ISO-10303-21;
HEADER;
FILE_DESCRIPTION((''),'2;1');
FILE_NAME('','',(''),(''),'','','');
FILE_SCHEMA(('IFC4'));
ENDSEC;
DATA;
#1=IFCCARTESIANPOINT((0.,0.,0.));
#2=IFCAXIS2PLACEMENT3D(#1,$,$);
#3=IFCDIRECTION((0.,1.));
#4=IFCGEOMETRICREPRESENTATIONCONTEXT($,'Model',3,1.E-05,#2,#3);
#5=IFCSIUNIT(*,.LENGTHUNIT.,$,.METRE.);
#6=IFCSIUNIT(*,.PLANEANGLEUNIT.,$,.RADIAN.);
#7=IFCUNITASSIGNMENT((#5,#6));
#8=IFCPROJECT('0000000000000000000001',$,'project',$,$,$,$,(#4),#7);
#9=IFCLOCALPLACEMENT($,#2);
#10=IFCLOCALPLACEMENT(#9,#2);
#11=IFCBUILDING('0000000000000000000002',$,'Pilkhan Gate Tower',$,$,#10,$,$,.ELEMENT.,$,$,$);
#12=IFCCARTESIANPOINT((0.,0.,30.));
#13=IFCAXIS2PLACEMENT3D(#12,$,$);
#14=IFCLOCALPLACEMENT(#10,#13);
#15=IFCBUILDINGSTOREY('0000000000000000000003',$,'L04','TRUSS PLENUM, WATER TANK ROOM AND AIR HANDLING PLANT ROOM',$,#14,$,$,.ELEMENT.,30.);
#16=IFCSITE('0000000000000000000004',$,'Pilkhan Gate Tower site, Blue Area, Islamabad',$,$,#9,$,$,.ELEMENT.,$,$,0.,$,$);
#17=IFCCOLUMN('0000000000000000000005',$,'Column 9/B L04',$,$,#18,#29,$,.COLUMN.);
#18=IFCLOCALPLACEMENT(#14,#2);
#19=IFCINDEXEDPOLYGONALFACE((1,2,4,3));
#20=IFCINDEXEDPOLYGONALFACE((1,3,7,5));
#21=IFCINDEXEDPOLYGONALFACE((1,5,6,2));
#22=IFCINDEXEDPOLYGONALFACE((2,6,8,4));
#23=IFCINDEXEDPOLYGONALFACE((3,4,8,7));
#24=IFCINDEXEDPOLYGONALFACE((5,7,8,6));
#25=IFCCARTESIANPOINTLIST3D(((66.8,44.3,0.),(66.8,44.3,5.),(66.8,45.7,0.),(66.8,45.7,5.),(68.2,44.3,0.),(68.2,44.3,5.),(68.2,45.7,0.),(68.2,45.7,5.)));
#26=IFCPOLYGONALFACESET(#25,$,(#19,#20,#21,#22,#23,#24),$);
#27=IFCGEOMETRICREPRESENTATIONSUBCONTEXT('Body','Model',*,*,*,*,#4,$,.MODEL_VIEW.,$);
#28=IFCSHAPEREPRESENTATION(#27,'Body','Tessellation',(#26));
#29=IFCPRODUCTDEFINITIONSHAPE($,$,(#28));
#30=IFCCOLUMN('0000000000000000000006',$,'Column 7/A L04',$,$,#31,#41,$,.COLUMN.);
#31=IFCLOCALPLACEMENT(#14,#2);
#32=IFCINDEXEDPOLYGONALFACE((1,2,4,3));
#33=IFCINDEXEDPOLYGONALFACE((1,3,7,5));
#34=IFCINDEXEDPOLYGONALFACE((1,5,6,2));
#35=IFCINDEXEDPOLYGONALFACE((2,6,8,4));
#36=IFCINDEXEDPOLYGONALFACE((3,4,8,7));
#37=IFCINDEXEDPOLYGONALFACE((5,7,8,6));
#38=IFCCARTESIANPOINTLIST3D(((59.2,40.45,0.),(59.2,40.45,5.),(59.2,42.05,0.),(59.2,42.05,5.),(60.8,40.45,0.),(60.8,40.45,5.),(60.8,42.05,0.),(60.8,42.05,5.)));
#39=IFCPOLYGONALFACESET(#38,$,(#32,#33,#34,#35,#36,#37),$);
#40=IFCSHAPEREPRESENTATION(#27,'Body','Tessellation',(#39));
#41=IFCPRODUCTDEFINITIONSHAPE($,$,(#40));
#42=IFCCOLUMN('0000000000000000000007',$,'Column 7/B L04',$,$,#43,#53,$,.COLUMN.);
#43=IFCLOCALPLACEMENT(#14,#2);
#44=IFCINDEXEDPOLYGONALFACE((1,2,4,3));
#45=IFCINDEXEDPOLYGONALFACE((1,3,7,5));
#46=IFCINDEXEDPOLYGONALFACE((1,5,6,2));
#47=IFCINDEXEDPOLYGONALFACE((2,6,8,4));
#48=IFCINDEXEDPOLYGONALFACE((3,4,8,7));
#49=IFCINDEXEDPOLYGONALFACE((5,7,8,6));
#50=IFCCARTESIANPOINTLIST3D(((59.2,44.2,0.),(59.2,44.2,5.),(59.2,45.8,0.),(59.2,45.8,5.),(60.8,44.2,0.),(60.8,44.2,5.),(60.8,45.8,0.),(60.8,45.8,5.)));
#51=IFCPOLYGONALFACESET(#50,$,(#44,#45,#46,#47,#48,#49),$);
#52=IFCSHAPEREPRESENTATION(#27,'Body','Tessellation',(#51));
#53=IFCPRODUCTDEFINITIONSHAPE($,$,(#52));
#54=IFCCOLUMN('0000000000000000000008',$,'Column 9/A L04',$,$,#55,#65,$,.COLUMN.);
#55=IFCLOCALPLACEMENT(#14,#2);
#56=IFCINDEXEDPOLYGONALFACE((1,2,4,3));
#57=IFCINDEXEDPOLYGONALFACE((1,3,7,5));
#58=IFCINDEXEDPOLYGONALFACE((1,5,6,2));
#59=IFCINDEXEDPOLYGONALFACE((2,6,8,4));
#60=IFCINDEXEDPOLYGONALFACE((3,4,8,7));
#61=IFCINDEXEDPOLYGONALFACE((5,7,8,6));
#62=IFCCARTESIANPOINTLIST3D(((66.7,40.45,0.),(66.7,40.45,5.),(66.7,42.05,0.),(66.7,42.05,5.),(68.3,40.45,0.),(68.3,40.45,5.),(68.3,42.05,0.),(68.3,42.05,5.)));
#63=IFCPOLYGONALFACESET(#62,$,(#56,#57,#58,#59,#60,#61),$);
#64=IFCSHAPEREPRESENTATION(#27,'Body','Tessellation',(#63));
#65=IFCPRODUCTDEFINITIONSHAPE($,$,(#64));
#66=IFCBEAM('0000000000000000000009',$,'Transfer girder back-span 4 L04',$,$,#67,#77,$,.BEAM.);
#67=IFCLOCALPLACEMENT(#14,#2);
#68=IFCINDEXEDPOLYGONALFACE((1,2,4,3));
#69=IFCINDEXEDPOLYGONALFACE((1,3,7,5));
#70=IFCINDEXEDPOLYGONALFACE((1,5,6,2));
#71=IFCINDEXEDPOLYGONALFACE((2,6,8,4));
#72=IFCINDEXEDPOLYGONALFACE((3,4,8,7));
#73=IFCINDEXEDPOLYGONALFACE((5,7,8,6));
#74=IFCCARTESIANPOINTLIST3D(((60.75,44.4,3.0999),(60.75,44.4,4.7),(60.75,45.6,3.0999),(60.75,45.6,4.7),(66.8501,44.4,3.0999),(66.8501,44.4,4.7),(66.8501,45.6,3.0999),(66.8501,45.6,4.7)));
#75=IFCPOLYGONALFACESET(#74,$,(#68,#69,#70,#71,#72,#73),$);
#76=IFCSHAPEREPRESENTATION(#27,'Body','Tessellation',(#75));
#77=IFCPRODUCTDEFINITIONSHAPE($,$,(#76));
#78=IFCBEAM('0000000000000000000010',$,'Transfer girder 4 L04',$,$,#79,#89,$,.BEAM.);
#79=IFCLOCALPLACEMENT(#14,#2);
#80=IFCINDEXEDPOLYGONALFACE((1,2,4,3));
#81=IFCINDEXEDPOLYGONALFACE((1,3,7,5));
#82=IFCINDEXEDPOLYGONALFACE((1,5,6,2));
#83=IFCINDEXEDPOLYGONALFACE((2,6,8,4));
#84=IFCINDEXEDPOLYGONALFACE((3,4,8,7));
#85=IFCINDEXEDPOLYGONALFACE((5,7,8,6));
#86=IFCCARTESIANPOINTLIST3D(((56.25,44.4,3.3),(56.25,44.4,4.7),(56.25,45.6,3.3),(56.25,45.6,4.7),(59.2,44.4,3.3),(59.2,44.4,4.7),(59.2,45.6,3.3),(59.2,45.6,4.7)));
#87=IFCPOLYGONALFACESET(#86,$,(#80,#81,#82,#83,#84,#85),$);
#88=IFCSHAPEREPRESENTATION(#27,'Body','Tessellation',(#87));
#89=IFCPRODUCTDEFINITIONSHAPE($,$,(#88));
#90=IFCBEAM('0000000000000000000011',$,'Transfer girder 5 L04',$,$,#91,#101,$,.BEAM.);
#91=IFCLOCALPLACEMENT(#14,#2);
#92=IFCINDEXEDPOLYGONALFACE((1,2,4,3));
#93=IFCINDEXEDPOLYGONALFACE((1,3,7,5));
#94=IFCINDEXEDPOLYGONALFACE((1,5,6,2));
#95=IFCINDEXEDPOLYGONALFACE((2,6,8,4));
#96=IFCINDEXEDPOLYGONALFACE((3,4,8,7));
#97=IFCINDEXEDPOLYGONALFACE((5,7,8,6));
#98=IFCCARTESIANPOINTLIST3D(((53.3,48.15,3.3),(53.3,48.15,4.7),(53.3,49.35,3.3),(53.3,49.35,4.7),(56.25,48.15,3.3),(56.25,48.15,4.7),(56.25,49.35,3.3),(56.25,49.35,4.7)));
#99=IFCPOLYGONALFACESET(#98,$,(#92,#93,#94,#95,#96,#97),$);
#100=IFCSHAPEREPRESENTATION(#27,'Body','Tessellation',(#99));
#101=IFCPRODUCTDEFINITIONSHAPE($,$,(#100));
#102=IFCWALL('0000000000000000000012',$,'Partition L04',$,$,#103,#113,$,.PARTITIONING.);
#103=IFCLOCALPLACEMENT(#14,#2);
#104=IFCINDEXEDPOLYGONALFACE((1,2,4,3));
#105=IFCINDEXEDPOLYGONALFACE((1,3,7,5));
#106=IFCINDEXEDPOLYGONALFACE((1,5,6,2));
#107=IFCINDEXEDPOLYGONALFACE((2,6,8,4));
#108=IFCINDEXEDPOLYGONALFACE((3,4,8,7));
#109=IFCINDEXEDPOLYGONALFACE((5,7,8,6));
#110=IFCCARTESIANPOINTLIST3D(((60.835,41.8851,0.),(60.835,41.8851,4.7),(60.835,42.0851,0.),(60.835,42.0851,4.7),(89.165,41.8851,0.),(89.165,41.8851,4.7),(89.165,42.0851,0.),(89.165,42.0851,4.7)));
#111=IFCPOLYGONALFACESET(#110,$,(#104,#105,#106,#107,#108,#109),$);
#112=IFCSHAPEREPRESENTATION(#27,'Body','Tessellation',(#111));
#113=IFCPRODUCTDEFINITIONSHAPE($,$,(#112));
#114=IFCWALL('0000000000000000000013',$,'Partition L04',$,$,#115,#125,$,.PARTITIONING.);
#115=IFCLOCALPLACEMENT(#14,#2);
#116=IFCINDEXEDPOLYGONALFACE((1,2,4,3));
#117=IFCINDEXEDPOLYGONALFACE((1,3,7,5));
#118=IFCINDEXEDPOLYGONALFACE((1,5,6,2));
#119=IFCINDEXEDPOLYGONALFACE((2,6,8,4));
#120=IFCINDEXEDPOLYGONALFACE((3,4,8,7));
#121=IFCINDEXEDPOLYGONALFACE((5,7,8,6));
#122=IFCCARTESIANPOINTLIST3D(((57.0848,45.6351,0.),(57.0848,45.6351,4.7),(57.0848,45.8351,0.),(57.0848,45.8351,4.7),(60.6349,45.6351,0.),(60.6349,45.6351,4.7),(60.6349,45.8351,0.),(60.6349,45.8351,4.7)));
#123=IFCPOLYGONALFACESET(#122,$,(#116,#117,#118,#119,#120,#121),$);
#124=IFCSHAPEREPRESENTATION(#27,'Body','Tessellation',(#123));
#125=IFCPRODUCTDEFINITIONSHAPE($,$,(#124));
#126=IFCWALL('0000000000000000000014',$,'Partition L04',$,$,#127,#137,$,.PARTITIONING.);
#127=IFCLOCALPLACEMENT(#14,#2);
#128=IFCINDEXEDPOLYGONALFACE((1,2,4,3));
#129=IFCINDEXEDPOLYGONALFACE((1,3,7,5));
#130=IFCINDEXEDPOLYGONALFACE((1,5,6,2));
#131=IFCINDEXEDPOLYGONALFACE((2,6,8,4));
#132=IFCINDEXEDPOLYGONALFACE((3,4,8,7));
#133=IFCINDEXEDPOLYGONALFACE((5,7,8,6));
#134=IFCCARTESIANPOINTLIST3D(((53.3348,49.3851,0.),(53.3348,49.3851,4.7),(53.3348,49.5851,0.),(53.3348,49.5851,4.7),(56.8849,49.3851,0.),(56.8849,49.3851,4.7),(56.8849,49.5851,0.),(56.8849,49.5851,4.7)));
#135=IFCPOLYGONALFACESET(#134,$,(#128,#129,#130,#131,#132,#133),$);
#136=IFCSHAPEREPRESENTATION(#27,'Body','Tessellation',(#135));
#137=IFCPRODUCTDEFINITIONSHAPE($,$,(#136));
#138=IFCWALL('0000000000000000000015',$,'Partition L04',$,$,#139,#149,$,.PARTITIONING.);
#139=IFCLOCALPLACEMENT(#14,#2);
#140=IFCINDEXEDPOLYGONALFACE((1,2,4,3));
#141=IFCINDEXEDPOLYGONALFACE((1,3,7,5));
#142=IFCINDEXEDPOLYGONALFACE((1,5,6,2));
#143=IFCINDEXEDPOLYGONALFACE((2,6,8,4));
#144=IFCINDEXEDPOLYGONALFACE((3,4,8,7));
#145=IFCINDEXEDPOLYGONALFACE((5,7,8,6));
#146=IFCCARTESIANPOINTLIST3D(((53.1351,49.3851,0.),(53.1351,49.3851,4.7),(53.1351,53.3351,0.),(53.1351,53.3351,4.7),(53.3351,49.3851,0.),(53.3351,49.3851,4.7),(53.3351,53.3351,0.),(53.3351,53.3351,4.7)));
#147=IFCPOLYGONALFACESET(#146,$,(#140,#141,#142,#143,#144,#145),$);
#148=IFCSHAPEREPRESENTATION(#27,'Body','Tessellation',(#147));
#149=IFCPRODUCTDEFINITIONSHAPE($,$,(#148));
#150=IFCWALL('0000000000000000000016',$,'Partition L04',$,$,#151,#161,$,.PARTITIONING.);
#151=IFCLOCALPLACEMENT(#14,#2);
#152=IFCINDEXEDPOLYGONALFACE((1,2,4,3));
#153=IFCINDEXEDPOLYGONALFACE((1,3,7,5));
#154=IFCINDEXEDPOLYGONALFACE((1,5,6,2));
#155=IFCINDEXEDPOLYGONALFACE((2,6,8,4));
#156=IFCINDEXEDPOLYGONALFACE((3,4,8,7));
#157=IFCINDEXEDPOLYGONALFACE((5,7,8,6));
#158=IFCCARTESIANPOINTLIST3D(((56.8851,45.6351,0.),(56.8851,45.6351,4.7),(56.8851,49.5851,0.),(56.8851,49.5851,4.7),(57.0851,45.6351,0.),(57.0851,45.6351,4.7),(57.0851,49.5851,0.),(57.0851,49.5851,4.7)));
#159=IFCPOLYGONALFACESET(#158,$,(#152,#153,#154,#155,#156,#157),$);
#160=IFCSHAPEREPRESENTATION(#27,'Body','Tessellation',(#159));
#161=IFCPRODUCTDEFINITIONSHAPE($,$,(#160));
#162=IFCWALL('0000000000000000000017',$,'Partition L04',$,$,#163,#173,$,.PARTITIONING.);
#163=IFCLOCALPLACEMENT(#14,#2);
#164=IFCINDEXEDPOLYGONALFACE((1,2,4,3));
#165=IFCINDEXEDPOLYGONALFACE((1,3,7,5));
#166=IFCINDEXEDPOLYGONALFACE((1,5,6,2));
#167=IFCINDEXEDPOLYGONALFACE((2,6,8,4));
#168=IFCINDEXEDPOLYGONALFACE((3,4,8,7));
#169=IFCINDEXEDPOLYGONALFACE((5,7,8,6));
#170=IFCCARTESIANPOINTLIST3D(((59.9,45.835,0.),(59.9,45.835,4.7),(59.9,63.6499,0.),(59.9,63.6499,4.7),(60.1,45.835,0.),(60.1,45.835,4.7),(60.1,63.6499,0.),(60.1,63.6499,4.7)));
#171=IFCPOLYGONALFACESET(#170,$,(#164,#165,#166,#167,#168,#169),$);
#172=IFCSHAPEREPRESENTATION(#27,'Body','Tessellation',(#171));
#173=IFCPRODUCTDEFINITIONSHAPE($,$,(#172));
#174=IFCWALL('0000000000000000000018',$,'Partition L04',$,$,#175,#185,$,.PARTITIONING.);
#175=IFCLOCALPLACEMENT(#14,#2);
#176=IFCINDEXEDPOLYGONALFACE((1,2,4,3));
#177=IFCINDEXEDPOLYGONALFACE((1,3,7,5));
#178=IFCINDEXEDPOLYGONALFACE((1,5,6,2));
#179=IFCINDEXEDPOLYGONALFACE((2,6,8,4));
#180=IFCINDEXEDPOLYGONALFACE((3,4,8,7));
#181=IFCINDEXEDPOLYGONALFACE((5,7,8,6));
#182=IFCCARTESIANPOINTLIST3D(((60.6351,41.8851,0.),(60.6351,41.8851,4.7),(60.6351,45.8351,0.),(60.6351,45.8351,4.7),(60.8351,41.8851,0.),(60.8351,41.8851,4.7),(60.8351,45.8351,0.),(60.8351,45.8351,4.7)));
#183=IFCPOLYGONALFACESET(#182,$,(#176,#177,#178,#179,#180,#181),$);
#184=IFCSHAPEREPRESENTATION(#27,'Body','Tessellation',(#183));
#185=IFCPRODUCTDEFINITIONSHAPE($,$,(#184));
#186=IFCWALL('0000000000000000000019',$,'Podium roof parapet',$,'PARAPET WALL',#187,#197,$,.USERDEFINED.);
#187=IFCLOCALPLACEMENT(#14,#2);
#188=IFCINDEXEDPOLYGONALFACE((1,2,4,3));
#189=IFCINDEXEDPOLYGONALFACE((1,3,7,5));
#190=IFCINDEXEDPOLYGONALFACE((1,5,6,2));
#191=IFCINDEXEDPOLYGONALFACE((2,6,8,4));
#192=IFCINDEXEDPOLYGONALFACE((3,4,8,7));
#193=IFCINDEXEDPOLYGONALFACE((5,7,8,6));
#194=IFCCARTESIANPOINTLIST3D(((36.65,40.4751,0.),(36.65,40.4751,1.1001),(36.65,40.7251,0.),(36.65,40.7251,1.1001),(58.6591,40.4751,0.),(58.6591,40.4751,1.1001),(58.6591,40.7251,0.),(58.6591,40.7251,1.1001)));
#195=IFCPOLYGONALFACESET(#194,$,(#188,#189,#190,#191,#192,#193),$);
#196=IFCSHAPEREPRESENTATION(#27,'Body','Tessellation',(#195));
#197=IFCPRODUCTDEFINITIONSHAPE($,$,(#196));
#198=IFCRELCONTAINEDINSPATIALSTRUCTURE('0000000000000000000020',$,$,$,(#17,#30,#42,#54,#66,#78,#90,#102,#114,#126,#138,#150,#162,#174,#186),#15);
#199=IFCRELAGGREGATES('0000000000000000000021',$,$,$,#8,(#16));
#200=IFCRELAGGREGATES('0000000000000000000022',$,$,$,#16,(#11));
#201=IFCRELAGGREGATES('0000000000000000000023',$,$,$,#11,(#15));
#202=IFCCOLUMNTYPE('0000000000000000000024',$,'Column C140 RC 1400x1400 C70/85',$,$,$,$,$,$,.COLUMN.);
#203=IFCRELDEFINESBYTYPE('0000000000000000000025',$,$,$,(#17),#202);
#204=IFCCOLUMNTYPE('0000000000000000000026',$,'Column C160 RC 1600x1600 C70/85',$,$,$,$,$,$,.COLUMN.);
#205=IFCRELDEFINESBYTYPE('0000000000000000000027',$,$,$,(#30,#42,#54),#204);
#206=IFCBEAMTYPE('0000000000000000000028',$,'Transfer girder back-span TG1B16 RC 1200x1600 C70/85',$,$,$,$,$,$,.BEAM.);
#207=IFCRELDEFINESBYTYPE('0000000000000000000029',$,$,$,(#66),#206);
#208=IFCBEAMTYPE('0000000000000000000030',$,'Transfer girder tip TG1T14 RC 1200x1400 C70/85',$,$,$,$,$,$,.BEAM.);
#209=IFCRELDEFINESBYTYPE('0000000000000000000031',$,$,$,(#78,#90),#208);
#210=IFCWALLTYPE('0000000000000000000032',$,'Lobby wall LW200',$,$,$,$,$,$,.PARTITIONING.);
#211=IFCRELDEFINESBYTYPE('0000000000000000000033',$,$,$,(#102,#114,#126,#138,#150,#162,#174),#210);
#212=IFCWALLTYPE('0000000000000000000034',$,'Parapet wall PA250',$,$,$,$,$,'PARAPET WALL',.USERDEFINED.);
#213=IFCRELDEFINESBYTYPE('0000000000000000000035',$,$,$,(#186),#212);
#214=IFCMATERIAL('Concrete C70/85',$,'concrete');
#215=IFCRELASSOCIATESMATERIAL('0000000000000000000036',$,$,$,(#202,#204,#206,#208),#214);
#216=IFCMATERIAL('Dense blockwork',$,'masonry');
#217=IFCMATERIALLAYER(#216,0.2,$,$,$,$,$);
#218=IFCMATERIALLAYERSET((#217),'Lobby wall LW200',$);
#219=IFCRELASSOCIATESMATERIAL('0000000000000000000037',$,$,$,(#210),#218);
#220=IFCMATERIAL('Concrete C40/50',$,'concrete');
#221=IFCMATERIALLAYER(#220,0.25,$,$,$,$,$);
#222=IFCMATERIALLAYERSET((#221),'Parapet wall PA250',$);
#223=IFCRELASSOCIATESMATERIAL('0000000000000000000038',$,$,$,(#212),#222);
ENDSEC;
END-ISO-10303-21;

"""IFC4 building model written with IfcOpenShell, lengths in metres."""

from ifc_helpers import new_model, si_unit, direction, frame, frame_2d, origin, origin_2d, place, context, subcontext, project, spatial, rectangle, extrude, material, layer, layer_set, material_profile, profile_set, type_object, element, save


model = new_model("IFC4")

# Units and contexts
model_context = context("Model", 3, precision=1e-05, world=origin(), true_north=direction((0.0, 1.0)))
body_context = subcontext(model_context, "Body", "Model", "MODEL_VIEW")
ifc_project = project(units=[si_unit("LENGTHUNIT", "METRE"), si_unit("PLANEANGLEUNIT", "RADIAN")], contexts=[model_context])

# Site, building, storey
site_placement = place(None, origin())
site = spatial("IfcSite", under=ifc_project, at=site_placement, Name="Pilkhan Gate Tower site, Blue Area, Islamabad", CompositionType="ELEMENT", RefElevation=0.0)
building_placement = place(site_placement, origin())
building = spatial("IfcBuilding", under=site, at=building_placement, Name="Pilkhan Gate Tower", CompositionType="ELEMENT")
storey_placement = place(building_placement, frame((0.0, 0.0, 30.0)))
storey = spatial("IfcBuildingStorey", under=building, at=storey_placement, Name="L04", Description="TRUSS PLENUM, WATER TANK ROOM AND AIR HANDLING PLANT ROOM", CompositionType="ELEMENT", Elevation=30.0)

# Columns
ifc_material_1 = material(Name="Concrete C70/85", Category="concrete")
ifc_material_profile_1 = material_profile(ifc_material_1, rectangle(XDim=1.3999, YDim=1.3999, at=origin_2d()), Name="RC 1400x1400")
ifc_profile_set_1 = profile_set([ifc_material_profile_1], Name="Concrete C70/85")
column_type_1 = type_object("IfcColumnType", Name="Column C140 RC 1400x1400 C70/85", PredefinedType="COLUMN", material=ifc_profile_set_1)
column_placement = place(storey_placement, frame((67.5, 45.0, 0.0), z_axis=(0.0, 0.0, 1.0), x_axis=(1.0, 0.0, 0.0)))
element("IfcColumn", 1, at=column_placement, inside=storey, type_object=column_type_1, Name="Column 9/B L04", PredefinedType="COLUMN", context=body_context, shape_type="SweptSolid", body=[
    extrude(rectangle(XDim=1.3999, YDim=1.3999, at=origin_2d()), origin(), (0.0, 0.0, 1.0), 5.0),
])
ifc_material_profile_2 = material_profile(ifc_material_1, rectangle(XDim=1.6001, YDim=1.6001, at=origin_2d()), Name="RC 1600x1600")
ifc_profile_set_2 = profile_set([ifc_material_profile_2], Name="Concrete C70/85")
column_type_2 = type_object("IfcColumnType", Name="Column C160 RC 1600x1600 C70/85", PredefinedType="COLUMN", material=ifc_profile_set_2)
for number, where, z_axis, x_axis, name in (
    (2, (60.0, 41.25, 0.0), (0.0, 0.0, 1.0), (1.0, 0.0, 0.0), "Column 7/A L04"),
    (3, (60.0, 45.0, 0.0), (0.0, 0.0, 1.0), (1.0, 0.0, 0.0), "Column 7/B L04"),
    (4, (67.5, 41.25, 0.0), (0.0, 0.0, 1.0), (1.0, 0.0, 0.0), "Column 9/A L04"),
):
    element("IfcColumn", number, at=place(storey_placement, frame(where, z_axis=z_axis, x_axis=x_axis)), inside=storey, type_object=column_type_2, Name=name, PredefinedType="COLUMN", context=body_context, shape_type="SweptSolid", body=[
        extrude(rectangle(XDim=1.6001, YDim=1.6001, at=origin_2d()), origin(), (0.0, 0.0, 1.0), 5.0),
    ])

# Beams
ifc_material_profile_3 = material_profile(ifc_material_1, rectangle(XDim=1.2, YDim=1.6001, at=origin_2d()), Name="RC 1200x1600")
ifc_profile_set_3 = profile_set([ifc_material_profile_3], Name="Concrete C70/85")
beam_type_1 = type_object("IfcBeamType", Name="Transfer girder back-span TG1B16 RC 1200x1600 C70/85", PredefinedType="BEAM", material=ifc_profile_set_3)
beam_placement = place(storey_placement, frame((60.75, 45.0, 3.8999), z_axis=(1.0, 0.0, 0.0), x_axis=(0.0, 1.0, 0.0)))
element("IfcBeam", 5, at=beam_placement, inside=storey, type_object=beam_type_1, Name="Transfer girder back-span 4 L04", PredefinedType="BEAM", context=body_context, shape_type="SweptSolid", body=[
    extrude(rectangle(XDim=1.2, YDim=1.6001, at=origin_2d()), origin(), (0.0, 0.0, 1.0), 6.1001),
])
ifc_material_profile_4 = material_profile(ifc_material_1, rectangle(XDim=1.2, YDim=1.3999, at=origin_2d()), Name="RC 1200x1400")
ifc_profile_set_4 = profile_set([ifc_material_profile_4], Name="Concrete C70/85")
beam_type_2 = type_object("IfcBeamType", Name="Transfer girder tip TG1T14 RC 1200x1400 C70/85", PredefinedType="BEAM", material=ifc_profile_set_4)
for number, where, z_axis, x_axis, name in (
    (6, (56.25, 45.0, 4.0), (1.0, 0.0, 0.0), (0.0, 1.0, 0.0), "Transfer girder 4 L04"),
    (7, (56.25, 48.75, 4.0), (-1.0, 0.0, 0.0), (0.0, -1.0, 0.0), "Transfer girder 5 L04"),
):
    element("IfcBeam", number, at=place(storey_placement, frame(where, z_axis=z_axis, x_axis=x_axis)), inside=storey, type_object=beam_type_2, Name=name, PredefinedType="BEAM", context=body_context, shape_type="SweptSolid", body=[
        extrude(rectangle(XDim=1.2, YDim=1.3999, at=origin_2d()), origin(), (0.0, 0.0, 1.0), 2.95),
    ])

# Walls
ifc_material_2 = material(Name="Dense blockwork", Category="masonry")
ifc_layer_1 = layer(ifc_material_2, 0.2)
ifc_layer_set_1 = layer_set([ifc_layer_1], Name="Lobby wall LW200")
wall_type_1 = type_object("IfcWallType", Name="Lobby wall LW200", PredefinedType="PARTITIONING", material=ifc_layer_set_1)
wall_1_placement = place(storey_placement, frame((60.835, 41.9851, 0.0), z_axis=(0.0, 0.0, 1.0), x_axis=(1.0, 0.0, 0.0)))
element("IfcWall", 8, at=wall_1_placement, inside=storey, type_object=wall_type_1, Name="Partition L04", PredefinedType="PARTITIONING", context=body_context, shape_type="SweptSolid", body=[
    extrude(rectangle(XDim=28.3301, YDim=0.2, at=frame_2d((14.165, 0.0))), origin(), (0.0, 0.0, 1.0), 4.7),
])
for number, where, z_axis, x_axis, name in (
    (9, (57.085, 45.7351, 0.0), (0.0, 0.0, 1.0), (1.0, 0.0, 0.0), "Partition L04"),
    (10, (53.335, 49.4851, 0.0), (0.0, 0.0, 1.0), (1.0, 0.0, 0.0), "Partition L04"),
):
    element("IfcWall", number, at=place(storey_placement, frame(where, z_axis=z_axis, x_axis=x_axis)), inside=storey, type_object=wall_type_1, Name=name, PredefinedType="PARTITIONING", context=body_context, shape_type="SweptSolid", body=[
        extrude(rectangle(XDim=3.55, YDim=0.2, at=frame_2d((1.7749, 0.0))), origin(), (0.0, 0.0, 1.0), 4.7),
    ])
for number, where, z_axis, x_axis, name in (
    (11, (53.2351, 49.385, 0.0), (0.0, 0.0, 1.0), (0.0, 1.0, 0.0), "Partition L04"),
    (12, (56.9851, 45.635, 0.0), (0.0, 0.0, 1.0), (0.0, 1.0, 0.0), "Partition L04"),
):
    element("IfcWall", number, at=place(storey_placement, frame(where, z_axis=z_axis, x_axis=x_axis)), inside=storey, type_object=wall_type_1, Name=name, PredefinedType="PARTITIONING", context=body_context, shape_type="SweptSolid", body=[
        extrude(rectangle(XDim=3.95, YDim=0.2, at=frame_2d((1.9751, 0.0))), origin(), (0.0, 0.0, 1.0), 4.7),
    ])
wall_2_placement = place(storey_placement, frame((60.0, 45.835, 0.0), z_axis=(0.0, 0.0, 1.0), x_axis=(0.0, 1.0, 0.0)))
element("IfcWall", 13, at=wall_2_placement, inside=storey, type_object=wall_type_1, Name="Partition L04", PredefinedType="PARTITIONING", context=body_context, shape_type="SweptSolid", body=[
    extrude(rectangle(XDim=17.8149, YDim=0.2, at=frame_2d((8.9075, 0.0))), origin(), (0.0, 0.0, 1.0), 4.7),
])
wall_3_placement = place(storey_placement, frame((60.7351, 41.885, 0.0), z_axis=(0.0, 0.0, 1.0), x_axis=(0.0, 1.0, 0.0)))
element("IfcWall", 14, at=wall_3_placement, inside=storey, type_object=wall_type_1, Name="Partition L04", PredefinedType="PARTITIONING", context=body_context, shape_type="SweptSolid", body=[
    extrude(rectangle(XDim=3.95, YDim=0.2, at=frame_2d((1.9751, 0.0))), origin(), (0.0, 0.0, 1.0), 4.7),
])
ifc_material_3 = material(Name="Concrete C40/50", Category="concrete")
ifc_layer_2 = layer(ifc_material_3, 0.25)
ifc_layer_set_2 = layer_set([ifc_layer_2], Name="Parapet wall PA250")
wall_type_2 = type_object("IfcWallType", Name="Parapet wall PA250", ElementType="PARAPET WALL", PredefinedType="USERDEFINED", material=ifc_layer_set_2)
wall_4_placement = place(storey_placement, frame((58.6589, 40.6001, 0.0), z_axis=(0.0, 0.0, 1.0), x_axis=(-1.0, 0.0, 0.0)))
element("IfcWall", 15, at=wall_4_placement, inside=storey, type_object=wall_type_2, Name="Podium roof parapet", ObjectType="PARAPET WALL", PredefinedType="USERDEFINED", context=body_context, shape_type="SweptSolid", body=[
    extrude(rectangle(XDim=22.009, YDim=0.25, at=frame_2d((11.0044, 0.0))), origin(), (0.0, 0.0, 1.0), 1.1001),
])

save(model, "model.ifc")
